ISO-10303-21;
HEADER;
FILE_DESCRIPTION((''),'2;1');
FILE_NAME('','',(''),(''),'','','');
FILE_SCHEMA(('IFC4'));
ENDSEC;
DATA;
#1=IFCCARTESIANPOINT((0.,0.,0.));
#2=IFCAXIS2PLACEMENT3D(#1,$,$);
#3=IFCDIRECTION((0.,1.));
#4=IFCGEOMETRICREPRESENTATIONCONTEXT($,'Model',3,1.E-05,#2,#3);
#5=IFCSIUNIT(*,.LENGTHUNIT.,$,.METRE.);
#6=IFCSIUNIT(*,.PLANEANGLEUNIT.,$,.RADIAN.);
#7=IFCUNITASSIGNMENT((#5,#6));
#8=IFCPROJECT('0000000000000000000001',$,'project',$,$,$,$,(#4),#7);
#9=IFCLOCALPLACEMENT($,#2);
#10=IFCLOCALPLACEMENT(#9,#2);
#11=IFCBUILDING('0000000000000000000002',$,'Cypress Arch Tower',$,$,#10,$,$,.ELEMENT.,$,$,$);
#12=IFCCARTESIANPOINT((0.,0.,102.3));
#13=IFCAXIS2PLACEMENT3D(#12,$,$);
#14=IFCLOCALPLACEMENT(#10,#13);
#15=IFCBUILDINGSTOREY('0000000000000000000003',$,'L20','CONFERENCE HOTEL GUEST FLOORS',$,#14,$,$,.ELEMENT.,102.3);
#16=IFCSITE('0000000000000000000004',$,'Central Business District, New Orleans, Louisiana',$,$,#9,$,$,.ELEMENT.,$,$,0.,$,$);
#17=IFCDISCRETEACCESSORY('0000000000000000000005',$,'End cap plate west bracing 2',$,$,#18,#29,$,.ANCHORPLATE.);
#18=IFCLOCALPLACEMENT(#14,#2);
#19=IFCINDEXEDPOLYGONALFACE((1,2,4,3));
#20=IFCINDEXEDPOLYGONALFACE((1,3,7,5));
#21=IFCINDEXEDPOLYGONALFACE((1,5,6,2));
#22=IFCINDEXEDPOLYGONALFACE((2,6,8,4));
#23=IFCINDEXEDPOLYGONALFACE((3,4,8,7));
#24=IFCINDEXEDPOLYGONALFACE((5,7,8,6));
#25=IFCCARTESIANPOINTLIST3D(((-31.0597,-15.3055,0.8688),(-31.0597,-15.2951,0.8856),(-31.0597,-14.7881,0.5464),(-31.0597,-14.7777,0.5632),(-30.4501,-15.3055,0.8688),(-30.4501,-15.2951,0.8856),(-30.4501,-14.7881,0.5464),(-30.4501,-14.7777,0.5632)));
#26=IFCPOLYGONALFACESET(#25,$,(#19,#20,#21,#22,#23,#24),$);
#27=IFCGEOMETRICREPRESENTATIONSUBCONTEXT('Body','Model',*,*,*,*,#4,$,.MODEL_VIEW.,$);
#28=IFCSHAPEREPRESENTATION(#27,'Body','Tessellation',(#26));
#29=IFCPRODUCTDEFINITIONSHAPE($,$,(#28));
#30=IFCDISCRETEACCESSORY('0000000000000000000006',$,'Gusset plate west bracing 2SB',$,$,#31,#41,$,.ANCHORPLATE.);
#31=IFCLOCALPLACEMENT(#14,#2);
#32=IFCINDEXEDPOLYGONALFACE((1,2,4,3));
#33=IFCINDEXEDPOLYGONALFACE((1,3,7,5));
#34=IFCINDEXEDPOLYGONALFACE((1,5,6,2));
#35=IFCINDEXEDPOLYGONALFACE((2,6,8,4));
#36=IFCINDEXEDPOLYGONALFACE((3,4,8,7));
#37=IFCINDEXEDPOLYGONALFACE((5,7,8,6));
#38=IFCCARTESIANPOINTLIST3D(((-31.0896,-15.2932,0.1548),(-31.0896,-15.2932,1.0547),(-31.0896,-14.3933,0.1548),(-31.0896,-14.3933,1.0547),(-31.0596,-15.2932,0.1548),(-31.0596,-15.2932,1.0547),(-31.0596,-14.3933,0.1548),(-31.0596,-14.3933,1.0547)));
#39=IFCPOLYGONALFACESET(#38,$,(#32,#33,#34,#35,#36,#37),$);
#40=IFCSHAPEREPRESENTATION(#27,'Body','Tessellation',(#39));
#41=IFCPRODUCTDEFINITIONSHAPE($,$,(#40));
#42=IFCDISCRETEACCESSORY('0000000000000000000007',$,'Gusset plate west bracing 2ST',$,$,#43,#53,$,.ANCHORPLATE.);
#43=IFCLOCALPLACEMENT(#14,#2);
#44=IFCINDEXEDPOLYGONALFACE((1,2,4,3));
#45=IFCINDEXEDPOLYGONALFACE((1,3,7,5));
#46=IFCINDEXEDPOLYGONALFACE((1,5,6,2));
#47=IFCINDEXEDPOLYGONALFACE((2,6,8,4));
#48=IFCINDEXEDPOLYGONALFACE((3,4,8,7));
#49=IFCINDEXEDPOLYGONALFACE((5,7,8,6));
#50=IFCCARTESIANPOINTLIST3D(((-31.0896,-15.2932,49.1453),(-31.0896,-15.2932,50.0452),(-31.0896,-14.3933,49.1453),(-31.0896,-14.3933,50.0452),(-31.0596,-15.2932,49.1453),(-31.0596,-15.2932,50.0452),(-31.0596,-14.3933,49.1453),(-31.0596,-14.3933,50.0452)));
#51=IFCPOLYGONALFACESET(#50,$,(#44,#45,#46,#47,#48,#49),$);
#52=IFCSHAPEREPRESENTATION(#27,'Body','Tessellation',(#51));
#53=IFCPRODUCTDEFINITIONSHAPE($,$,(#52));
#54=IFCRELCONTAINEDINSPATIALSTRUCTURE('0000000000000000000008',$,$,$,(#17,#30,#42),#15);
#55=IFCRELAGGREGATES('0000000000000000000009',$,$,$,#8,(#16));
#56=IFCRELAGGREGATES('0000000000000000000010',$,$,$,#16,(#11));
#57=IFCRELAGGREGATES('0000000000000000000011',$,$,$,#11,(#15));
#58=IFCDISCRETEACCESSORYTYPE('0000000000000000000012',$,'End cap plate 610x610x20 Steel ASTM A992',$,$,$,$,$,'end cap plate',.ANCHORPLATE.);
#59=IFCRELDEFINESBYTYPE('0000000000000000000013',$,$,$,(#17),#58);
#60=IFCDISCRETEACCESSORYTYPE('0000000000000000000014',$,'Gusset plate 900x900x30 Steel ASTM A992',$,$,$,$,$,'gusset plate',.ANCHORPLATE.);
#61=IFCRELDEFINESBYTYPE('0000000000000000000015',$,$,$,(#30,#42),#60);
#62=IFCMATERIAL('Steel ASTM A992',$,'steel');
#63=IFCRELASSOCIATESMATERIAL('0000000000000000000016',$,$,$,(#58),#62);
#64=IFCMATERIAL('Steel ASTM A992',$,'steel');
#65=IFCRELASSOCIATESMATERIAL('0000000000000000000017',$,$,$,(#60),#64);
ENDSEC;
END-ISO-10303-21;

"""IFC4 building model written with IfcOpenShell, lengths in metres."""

from ifc_helpers import new_model, si_unit, direction, frame, origin, origin_2d, place, context, subcontext, project, spatial, rectangle, extrude, material, material_profile, profile_set, type_object, element, save


model = new_model("IFC4")

# Units and contexts
model_context = context("Model", 3, precision=1e-05, world=origin(), true_north=direction((0.0, 1.0)))
body_context = subcontext(model_context, "Body", "Model", "MODEL_VIEW")
ifc_project = project(units=[si_unit("LENGTHUNIT", "METRE"), si_unit("PLANEANGLEUNIT", "RADIAN")], contexts=[model_context])

# Site, building, storey
site_placement = place(None, origin())
site = spatial("IfcSite", under=ifc_project, at=site_placement, Name="Central Business District, New Orleans, Louisiana", CompositionType="ELEMENT", RefElevation=0.0)
building_placement = place(site_placement, origin())
building = spatial("IfcBuilding", under=site, at=building_placement, Name="Cypress Arch Tower", CompositionType="ELEMENT")
storey_placement = place(building_placement, frame((0.0, 0.0, 102.3)))
storey = spatial("IfcBuildingStorey", under=building, at=storey_placement, Name="L20", Description="CONFERENCE HOTEL GUEST FLOORS", CompositionType="ELEMENT", Elevation=102.3)

# Discrete accessories
ifc_material_1 = material(Name="Steel ASTM A992", Category="steel")
ifc_material_profile_1 = material_profile(ifc_material_1, rectangle(XDim=0.6096, YDim=0.6096, at=origin_2d()), Name="PL 20 610x610")
ifc_profile_set_1 = profile_set([ifc_material_profile_1], Name="Steel ASTM A992")
discrete_accessory_type_1 = type_object("IfcDiscreteAccessoryType", Name="End cap plate 610x610x20 Steel ASTM A992", ElementType="end cap plate", PredefinedType="ANCHORPLATE", material=ifc_profile_set_1)
discrete_accessory_placement = place(storey_placement, frame((-30.7549, -15.0364, 0.7244), z_axis=(0.0, -0.528893, -0.848689), x_axis=(1.0, 0.0, 0.0)))
element("IfcDiscreteAccessory", 1, at=discrete_accessory_placement, inside=storey, type_object=discrete_accessory_type_1, Name="End cap plate west bracing 2", PredefinedType="ANCHORPLATE", context=body_context, shape_type="SweptSolid", body=[
    extrude(rectangle(XDim=0.6096, YDim=0.6096, at=origin_2d()), origin(), (0.0, 0.0, 1.0), 0.0198),
])
ifc_material_2 = material(Name="Steel ASTM A992", Category="steel")
ifc_material_profile_2 = material_profile(ifc_material_2, rectangle(XDim=0.8999, YDim=0.8999, at=origin_2d()), Name="PL 30 900x900")
ifc_profile_set_2 = profile_set([ifc_material_profile_2], Name="Steel ASTM A992")
discrete_accessory_type_2 = type_object("IfcDiscreteAccessoryType", Name="Gusset plate 900x900x30 Steel ASTM A992", ElementType="gusset plate", PredefinedType="ANCHORPLATE", material=ifc_profile_set_2)
for number, where, z_axis, x_axis, name in (
    (2, (-31.0596, -14.8433, 0.6047), (-1.0, 0.0, 0.0), (0.0, -1.0, 0.0), "Gusset plate west bracing 2SB"),
    (3, (-31.0596, -14.8433, 49.5952), (-1.0, 0.0, 0.0), (0.0, -1.0, 0.0), "Gusset plate west bracing 2ST"),
):
    element("IfcDiscreteAccessory", number, at=place(storey_placement, frame(where, z_axis=z_axis, x_axis=x_axis)), inside=storey, type_object=discrete_accessory_type_2, Name=name, PredefinedType="ANCHORPLATE", context=body_context, shape_type="SweptSolid", body=[
        extrude(rectangle(XDim=0.8999, YDim=0.8999, at=origin_2d()), origin(), (0.0, 0.0, 1.0), 0.03),
    ])

save(model, "model.ifc")
